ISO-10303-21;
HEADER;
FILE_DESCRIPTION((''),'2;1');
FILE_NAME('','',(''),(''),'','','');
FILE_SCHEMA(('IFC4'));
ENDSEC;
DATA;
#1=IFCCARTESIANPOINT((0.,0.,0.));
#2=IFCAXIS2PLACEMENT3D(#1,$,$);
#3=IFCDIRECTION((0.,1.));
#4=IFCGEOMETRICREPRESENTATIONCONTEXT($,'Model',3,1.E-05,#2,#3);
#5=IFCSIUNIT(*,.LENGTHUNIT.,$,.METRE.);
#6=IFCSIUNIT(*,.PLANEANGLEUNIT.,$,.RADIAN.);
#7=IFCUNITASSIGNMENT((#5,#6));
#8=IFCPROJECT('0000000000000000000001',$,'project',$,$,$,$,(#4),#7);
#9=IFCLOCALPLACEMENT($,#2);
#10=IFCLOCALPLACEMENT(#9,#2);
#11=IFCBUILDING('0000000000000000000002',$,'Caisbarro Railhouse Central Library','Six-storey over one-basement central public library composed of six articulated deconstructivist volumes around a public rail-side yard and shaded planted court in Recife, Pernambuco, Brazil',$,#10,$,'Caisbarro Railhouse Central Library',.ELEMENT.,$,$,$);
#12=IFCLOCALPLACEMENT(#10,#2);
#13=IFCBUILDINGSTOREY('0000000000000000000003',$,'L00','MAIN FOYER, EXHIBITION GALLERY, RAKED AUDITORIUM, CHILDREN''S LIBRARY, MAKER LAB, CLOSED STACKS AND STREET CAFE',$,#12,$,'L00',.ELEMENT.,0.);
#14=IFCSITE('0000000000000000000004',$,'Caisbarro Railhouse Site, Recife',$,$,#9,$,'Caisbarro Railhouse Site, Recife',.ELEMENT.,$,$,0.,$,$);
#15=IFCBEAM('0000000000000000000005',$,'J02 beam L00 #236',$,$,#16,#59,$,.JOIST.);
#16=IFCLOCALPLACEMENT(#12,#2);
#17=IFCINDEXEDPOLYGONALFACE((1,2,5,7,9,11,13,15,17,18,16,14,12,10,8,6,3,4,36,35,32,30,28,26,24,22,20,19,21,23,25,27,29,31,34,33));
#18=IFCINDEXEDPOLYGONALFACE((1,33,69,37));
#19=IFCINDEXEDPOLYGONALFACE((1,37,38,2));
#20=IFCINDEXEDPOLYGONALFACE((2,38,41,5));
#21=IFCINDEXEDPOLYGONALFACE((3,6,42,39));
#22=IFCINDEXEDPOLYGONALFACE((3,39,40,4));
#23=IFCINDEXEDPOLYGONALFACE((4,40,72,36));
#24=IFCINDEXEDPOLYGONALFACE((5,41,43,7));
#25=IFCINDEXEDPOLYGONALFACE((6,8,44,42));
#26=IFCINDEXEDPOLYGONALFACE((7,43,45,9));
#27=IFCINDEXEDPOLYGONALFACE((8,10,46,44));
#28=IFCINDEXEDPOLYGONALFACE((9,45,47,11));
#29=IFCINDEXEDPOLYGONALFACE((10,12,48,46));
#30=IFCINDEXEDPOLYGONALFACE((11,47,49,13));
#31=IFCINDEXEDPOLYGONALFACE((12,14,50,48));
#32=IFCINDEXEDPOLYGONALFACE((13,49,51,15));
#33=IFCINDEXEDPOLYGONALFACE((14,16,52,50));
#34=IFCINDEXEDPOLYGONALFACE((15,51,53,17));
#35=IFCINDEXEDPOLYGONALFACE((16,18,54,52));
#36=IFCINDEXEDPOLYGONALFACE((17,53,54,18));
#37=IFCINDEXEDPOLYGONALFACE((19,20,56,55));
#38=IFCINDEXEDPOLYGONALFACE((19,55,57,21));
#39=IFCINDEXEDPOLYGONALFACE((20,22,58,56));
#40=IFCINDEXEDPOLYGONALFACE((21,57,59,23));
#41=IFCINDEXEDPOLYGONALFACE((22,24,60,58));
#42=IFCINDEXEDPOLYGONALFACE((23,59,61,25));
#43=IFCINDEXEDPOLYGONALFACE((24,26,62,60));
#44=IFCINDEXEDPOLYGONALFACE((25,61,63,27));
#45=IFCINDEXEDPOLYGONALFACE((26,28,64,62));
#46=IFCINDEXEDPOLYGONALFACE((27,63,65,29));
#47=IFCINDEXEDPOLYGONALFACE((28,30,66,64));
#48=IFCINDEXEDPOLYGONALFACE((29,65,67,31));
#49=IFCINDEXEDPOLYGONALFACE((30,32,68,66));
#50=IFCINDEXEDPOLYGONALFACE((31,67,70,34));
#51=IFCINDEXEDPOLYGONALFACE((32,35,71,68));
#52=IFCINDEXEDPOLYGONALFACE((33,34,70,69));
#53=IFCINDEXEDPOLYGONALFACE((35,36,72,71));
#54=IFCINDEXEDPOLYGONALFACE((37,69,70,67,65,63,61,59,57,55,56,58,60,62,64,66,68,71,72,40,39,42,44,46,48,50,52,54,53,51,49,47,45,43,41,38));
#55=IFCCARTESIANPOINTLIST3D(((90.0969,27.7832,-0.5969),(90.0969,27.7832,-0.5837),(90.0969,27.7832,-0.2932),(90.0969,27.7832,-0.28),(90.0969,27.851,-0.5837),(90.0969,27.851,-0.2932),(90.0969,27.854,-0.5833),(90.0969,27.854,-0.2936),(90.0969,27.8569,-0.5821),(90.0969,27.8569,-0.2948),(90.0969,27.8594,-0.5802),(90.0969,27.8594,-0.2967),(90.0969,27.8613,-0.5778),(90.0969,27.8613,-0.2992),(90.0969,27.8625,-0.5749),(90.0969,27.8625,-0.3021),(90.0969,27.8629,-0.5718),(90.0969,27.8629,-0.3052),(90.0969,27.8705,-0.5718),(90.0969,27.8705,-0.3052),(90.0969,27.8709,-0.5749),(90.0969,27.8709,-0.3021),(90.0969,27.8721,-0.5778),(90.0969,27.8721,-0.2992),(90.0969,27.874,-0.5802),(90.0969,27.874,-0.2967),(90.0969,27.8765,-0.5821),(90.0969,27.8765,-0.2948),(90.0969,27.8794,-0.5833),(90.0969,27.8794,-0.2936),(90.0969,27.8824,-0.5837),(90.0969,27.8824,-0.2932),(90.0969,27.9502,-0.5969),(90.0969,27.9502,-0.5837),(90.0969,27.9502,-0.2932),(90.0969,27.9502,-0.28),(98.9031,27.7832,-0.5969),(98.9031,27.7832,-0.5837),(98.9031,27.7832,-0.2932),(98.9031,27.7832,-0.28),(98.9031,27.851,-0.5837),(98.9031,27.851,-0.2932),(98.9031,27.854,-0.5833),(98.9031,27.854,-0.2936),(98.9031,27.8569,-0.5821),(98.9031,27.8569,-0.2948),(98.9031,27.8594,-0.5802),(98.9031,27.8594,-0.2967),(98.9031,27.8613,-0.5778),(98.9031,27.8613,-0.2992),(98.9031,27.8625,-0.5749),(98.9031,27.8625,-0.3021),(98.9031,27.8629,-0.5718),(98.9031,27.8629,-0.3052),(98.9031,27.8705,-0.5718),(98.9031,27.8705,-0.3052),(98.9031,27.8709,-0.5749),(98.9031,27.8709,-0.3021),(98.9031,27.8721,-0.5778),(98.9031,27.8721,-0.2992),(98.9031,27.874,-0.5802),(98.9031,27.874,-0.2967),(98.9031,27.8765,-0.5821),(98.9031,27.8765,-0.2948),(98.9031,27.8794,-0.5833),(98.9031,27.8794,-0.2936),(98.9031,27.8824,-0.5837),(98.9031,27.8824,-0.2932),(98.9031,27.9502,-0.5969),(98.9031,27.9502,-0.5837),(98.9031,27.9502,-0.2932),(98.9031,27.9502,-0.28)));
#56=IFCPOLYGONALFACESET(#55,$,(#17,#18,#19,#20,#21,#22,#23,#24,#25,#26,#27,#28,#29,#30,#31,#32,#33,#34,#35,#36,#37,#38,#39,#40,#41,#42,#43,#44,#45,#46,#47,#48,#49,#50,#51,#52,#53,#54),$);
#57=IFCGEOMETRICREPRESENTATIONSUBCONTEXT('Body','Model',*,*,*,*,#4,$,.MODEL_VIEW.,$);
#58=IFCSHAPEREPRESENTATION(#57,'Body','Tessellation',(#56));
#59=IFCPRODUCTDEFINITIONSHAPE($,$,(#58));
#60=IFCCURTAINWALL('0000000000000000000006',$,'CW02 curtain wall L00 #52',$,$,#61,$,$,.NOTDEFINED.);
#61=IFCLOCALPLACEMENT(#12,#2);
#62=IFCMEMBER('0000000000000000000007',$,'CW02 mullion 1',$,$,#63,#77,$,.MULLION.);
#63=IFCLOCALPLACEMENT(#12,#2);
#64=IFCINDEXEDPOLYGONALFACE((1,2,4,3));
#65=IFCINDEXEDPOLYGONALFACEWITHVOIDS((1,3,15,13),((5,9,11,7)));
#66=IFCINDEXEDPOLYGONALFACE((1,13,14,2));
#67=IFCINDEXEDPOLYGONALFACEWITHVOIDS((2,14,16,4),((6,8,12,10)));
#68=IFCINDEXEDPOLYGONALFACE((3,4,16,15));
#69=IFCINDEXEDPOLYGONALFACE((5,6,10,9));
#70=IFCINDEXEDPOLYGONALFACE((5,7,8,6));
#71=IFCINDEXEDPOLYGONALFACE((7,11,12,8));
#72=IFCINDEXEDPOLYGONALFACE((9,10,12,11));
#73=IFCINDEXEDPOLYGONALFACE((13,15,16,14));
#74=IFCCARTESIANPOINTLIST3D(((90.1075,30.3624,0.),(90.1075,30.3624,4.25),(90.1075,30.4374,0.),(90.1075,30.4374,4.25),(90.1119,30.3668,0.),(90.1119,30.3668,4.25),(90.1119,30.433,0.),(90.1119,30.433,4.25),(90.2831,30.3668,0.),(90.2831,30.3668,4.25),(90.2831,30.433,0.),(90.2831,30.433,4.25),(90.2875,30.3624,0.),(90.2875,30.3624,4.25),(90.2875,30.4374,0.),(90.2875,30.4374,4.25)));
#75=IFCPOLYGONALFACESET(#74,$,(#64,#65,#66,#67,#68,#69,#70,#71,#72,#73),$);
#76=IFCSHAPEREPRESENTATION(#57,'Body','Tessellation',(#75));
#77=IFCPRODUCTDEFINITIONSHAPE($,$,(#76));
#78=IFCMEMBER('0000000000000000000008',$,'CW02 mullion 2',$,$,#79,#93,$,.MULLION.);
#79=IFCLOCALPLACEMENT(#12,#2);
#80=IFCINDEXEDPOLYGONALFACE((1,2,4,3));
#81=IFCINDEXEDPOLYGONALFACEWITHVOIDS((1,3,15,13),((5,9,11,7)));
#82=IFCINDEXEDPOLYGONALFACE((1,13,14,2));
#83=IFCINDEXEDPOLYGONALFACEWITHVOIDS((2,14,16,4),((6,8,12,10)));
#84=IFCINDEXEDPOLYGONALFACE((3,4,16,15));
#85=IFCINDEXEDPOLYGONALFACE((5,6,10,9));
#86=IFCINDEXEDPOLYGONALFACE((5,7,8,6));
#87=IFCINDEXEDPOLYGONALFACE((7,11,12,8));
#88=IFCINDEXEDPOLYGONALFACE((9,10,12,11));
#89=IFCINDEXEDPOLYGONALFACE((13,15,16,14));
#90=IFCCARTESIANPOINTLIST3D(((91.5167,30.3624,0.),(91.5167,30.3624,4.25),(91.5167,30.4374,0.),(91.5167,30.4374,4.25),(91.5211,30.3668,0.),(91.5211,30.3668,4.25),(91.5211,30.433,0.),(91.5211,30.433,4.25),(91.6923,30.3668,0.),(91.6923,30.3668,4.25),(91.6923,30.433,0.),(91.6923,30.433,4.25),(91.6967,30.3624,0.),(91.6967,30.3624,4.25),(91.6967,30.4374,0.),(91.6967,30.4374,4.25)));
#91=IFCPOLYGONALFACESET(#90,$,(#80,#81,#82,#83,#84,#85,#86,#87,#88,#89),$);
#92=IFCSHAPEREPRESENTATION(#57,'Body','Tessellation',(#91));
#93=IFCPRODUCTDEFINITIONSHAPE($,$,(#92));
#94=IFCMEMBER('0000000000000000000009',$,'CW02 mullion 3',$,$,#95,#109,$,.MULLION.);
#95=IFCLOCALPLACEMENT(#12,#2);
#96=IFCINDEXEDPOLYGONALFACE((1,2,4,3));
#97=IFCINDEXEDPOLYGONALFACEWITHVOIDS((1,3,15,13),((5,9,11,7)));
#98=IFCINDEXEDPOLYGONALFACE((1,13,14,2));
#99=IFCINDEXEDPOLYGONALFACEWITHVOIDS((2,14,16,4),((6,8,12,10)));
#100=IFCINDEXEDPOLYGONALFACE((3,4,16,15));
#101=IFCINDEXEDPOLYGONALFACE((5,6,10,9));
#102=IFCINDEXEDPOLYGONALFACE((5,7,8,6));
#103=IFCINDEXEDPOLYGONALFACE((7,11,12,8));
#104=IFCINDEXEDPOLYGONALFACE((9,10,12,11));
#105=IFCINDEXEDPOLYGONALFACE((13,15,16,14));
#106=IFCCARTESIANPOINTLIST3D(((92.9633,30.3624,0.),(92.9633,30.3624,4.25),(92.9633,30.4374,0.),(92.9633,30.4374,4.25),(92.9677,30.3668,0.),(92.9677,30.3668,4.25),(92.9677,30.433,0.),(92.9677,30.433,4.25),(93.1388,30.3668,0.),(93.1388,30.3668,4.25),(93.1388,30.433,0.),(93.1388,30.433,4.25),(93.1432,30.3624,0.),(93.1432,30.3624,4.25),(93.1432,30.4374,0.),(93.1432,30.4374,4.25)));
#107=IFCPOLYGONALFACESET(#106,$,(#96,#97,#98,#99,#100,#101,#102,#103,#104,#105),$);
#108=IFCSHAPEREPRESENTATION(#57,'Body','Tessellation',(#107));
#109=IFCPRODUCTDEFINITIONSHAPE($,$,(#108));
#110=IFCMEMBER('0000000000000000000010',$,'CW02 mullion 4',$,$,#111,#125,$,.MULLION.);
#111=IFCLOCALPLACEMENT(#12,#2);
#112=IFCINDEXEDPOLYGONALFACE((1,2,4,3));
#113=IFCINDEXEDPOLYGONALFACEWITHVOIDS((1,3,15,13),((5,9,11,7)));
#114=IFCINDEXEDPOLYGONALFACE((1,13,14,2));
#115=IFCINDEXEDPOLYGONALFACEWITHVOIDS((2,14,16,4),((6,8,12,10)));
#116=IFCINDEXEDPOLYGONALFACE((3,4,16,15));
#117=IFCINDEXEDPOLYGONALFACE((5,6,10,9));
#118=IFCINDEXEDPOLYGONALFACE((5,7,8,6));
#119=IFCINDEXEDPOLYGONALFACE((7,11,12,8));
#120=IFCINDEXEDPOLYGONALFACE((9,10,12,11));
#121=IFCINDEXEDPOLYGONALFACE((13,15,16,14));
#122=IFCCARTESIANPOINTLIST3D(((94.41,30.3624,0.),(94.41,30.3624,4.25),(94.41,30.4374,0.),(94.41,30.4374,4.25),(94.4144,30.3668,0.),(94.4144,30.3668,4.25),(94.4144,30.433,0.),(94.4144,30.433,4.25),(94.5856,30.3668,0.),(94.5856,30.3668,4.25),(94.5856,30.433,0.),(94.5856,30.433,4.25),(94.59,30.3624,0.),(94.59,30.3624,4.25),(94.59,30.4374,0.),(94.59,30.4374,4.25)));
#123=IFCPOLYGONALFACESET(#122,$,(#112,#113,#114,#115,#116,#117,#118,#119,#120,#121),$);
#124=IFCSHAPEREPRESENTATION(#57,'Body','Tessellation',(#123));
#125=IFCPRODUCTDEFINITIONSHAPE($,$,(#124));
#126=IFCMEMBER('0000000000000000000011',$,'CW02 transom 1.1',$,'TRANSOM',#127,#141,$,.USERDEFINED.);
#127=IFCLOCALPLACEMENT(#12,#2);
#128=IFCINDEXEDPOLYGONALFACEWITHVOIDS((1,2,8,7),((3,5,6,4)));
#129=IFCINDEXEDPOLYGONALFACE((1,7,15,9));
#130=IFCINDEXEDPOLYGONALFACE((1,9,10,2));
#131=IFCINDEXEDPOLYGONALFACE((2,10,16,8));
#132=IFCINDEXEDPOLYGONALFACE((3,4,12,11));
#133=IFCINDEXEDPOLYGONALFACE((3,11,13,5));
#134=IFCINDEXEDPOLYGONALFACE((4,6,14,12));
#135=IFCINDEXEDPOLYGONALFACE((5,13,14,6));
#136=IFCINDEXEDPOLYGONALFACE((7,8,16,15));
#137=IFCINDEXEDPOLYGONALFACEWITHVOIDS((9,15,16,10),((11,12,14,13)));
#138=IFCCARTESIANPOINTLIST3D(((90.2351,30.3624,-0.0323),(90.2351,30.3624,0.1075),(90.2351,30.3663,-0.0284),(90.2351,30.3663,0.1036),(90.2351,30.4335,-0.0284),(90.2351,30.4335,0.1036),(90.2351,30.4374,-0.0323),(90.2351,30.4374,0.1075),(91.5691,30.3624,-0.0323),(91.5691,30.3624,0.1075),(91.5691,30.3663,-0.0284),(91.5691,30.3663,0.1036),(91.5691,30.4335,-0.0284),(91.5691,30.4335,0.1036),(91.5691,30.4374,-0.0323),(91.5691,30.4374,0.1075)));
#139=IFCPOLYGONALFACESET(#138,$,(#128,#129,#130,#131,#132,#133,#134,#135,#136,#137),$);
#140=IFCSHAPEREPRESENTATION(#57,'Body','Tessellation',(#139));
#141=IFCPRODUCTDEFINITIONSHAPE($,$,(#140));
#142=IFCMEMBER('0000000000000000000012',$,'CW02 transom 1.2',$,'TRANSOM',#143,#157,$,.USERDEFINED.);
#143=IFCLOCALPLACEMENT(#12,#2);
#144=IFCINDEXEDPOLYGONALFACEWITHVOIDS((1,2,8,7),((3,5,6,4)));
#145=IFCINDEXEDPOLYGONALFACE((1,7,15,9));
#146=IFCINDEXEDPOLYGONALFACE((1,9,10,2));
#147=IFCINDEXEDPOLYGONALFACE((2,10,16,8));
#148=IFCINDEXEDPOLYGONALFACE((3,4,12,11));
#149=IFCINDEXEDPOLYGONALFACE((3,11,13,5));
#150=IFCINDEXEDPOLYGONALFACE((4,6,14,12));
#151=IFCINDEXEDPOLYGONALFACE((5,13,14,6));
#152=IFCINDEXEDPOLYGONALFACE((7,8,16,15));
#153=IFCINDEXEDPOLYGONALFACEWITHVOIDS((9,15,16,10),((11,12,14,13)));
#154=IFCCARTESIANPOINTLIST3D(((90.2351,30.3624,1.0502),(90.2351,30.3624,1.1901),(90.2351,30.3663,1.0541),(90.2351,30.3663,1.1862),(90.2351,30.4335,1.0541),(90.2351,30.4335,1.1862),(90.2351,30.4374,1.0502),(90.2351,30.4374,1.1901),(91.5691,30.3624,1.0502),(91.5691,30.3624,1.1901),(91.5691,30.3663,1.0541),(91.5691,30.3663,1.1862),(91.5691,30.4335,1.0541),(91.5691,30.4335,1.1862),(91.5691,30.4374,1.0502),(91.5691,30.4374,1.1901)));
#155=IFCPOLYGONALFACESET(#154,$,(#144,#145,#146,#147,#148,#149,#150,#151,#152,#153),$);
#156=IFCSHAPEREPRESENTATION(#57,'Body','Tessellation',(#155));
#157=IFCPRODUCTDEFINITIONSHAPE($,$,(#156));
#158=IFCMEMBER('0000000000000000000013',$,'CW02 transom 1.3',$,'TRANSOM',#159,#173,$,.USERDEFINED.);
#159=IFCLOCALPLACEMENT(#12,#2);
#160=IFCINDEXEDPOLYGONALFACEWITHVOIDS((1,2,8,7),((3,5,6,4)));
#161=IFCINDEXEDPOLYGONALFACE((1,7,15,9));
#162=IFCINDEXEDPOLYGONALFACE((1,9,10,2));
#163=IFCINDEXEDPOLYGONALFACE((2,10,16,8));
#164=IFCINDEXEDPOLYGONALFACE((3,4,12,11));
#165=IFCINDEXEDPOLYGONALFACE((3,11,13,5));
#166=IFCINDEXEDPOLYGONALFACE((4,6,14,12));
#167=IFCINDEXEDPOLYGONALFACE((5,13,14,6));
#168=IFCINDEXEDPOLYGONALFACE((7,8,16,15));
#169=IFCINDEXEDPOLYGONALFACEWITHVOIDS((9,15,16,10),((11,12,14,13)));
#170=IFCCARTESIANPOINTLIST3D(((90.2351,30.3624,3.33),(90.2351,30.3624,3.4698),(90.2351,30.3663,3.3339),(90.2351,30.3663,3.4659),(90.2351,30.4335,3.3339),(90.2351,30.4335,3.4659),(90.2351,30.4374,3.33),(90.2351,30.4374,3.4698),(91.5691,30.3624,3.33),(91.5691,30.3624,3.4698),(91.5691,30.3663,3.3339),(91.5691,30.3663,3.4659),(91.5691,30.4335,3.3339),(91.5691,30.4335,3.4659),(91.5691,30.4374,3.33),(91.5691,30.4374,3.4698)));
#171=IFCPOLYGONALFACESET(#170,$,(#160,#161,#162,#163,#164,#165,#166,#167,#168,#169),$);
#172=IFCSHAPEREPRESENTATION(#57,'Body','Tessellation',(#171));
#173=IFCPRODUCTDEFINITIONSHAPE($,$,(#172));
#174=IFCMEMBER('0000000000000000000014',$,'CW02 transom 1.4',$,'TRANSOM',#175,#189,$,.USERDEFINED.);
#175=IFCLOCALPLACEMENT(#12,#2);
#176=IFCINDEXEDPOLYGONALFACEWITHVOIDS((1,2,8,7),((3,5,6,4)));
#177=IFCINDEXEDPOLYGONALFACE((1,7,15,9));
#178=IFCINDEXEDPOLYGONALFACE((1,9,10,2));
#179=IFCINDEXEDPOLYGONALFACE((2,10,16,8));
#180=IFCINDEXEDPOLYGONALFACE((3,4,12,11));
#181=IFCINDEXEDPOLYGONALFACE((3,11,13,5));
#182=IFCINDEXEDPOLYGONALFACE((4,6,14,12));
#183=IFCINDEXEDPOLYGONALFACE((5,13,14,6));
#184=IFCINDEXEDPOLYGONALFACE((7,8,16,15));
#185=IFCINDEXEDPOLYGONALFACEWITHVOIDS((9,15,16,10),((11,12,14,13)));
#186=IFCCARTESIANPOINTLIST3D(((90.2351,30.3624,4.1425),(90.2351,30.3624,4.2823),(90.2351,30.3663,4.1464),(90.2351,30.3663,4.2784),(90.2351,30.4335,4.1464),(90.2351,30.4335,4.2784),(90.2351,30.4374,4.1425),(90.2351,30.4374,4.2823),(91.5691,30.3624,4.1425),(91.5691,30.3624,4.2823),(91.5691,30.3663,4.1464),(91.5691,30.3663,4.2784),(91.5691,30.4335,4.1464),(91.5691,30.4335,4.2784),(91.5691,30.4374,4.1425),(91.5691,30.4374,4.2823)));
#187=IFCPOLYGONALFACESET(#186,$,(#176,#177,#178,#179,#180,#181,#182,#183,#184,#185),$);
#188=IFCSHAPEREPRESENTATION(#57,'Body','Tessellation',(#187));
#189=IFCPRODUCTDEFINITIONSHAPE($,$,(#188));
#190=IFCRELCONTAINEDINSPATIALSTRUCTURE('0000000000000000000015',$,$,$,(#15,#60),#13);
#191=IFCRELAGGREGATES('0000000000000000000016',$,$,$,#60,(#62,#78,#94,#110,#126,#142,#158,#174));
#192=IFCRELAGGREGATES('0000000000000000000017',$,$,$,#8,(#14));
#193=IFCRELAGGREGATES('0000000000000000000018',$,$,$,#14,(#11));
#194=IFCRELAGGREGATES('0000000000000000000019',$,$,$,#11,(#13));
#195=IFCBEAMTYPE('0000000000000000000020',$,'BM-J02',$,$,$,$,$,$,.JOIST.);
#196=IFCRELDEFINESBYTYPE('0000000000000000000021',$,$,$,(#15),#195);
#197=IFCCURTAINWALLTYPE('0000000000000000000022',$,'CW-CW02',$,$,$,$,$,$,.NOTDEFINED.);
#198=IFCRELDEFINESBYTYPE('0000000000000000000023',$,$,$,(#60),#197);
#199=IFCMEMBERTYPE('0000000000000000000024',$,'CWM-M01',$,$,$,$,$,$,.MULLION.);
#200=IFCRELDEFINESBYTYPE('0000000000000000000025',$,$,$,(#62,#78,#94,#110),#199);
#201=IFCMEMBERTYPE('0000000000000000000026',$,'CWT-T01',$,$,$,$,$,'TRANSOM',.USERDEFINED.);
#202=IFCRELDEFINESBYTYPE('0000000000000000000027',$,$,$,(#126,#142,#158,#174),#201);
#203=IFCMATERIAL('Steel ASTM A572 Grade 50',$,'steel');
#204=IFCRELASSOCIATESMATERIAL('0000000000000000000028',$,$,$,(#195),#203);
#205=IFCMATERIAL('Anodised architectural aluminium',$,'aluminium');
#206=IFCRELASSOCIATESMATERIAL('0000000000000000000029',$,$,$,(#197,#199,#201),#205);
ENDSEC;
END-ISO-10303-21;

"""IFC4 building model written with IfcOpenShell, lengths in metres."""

from ifc_helpers import new_model, si_unit, direction, frame, origin, origin_2d, place, context, subcontext, project, spatial, hollow_rectangle, i_section, extrude, material, material_profile, profile_set, type_object, element, aggregate, save


model = new_model("IFC4")

# Units and contexts
model_context = context("Model", 3, precision=1e-05, world=origin(), true_north=direction((0.0, 1.0)))
body_context = subcontext(model_context, "Body", "Model", "MODEL_VIEW")
ifc_project = project(units=[si_unit("LENGTHUNIT", "METRE"), si_unit("PLANEANGLEUNIT", "RADIAN")], contexts=[model_context])

# Site, building, storey
site_placement = place(None, origin())
site = spatial("IfcSite", under=ifc_project, at=site_placement, Name="Caisbarro Railhouse Site, Recife", LongName="Caisbarro Railhouse Site, Recife", CompositionType="ELEMENT", RefElevation=0.0)
building_placement = place(site_placement, origin())
building = spatial("IfcBuilding", under=site, at=building_placement, Name="Caisbarro Railhouse Central Library", Description="Six-storey over one-basement central public library composed of six articulated deconstructivist volumes around a public rail-side yard and shaded planted court in Recife, Pernambuco, Brazil", LongName="Caisbarro Railhouse Central Library", CompositionType="ELEMENT")
storey_placement = place(building_placement, origin())
storey = spatial("IfcBuildingStorey", under=building, at=storey_placement, Name="L00", Description="MAIN FOYER, EXHIBITION GALLERY, RAKED AUDITORIUM, CHILDREN'S LIBRARY, MAKER LAB, CLOSED STACKS AND STREET CAFE", LongName="L00", CompositionType="ELEMENT", Elevation=0.0)

# Beam
ifc_material_1 = material(Name="Steel ASTM A572 Grade 50", Category="steel")
ifc_material_profile_1 = material_profile(ifc_material_1, i_section(OverallWidth=0.167, OverallDepth=0.3169, WebThickness=0.0076, FlangeThickness=0.0132, FilletRadius=0.012, at=origin_2d()), Name="W310X52.0")
ifc_profile_set_1 = profile_set([ifc_material_profile_1], Name="Steel ASTM A572 Grade 50")
beam_type = type_object("IfcBeamType", Name="BM-J02", PredefinedType="JOIST", material=ifc_profile_set_1)
beam_placement = place(storey_placement, frame((90.0969, 27.8667, -0.4385), z_axis=(1.0, 0.0, 0.0), x_axis=(0.0, 1.0, 0.0)))
element("IfcBeam", 1, at=beam_placement, inside=storey, type_object=beam_type, Name="J02 beam L00 #236", PredefinedType="JOIST", context=body_context, shape_type="SweptSolid", body=[
    extrude(i_section(OverallWidth=0.167, OverallDepth=0.3169, WebThickness=0.0076, FlangeThickness=0.0132, FilletRadius=0.012, at=origin_2d()), origin(), (0.0, 0.0, 1.0), 8.8062),
])

# Curtain wall, members
ifc_material_2 = material(Name="Anodised architectural aluminium", Category="aluminium")
curtain_wall_type = type_object("IfcCurtainWallType", Name="CW-CW02", PredefinedType="NOTDEFINED", material=ifc_material_2)
curtain_wall_placement = place(storey_placement, origin())
curtain_wall = element("IfcCurtainWall", 2, at=curtain_wall_placement, inside=storey, type_object=curtain_wall_type, Name="CW02 curtain wall L00 #52", PredefinedType="NOTDEFINED")
ifc_material_profile_2 = material_profile(ifc_material_2, hollow_rectangle(XDim=0.075, YDim=0.1799, WallThickness=0.0044, at=origin_2d()), Name="ALU-MUL-75X180")
ifc_profile_set_2 = profile_set([ifc_material_profile_2], Name="Anodised architectural aluminium")
member_type_1 = type_object("IfcMemberType", Name="CWM-M01", PredefinedType="MULLION", material=ifc_profile_set_2)
member_1_placement = place(storey_placement, frame((90.1975, 30.3999, 0.0), z_axis=(0.0, 0.0, 1.0), x_axis=(0.0, 1.0, 0.0)))
member_1 = element("IfcMember", 3, at=member_1_placement, type_object=member_type_1, Name="CW02 mullion 1", PredefinedType="MULLION", context=body_context, shape_type="SweptSolid", body=[
    extrude(hollow_rectangle(XDim=0.075, YDim=0.1799, WallThickness=0.0044, at=origin_2d()), origin(), (0.0, 0.0, 1.0), 4.25),
])
member_2_placement = place(storey_placement, frame((91.6067, 30.3999, 0.0), z_axis=(0.0, 0.0, 1.0), x_axis=(0.0, 1.0, 0.0)))
member_2 = element("IfcMember", 4, at=member_2_placement, type_object=member_type_1, Name="CW02 mullion 2", PredefinedType="MULLION", context=body_context, shape_type="SweptSolid", body=[
    extrude(hollow_rectangle(XDim=0.075, YDim=0.1799, WallThickness=0.0044, at=origin_2d()), origin(), (0.0, 0.0, 1.0), 4.25),
])
member_3_placement = place(storey_placement, frame((93.0532, 30.3999, 0.0), z_axis=(0.0, 0.0, 1.0), x_axis=(0.0, 1.0, 0.0)))
member_3 = element("IfcMember", 5, at=member_3_placement, type_object=member_type_1, Name="CW02 mullion 3", PredefinedType="MULLION", context=body_context, shape_type="SweptSolid", body=[
    extrude(hollow_rectangle(XDim=0.075, YDim=0.1799, WallThickness=0.0044, at=origin_2d()), origin(), (0.0, 0.0, 1.0), 4.25),
])
member_4_placement = place(storey_placement, frame((94.5, 30.3999, 0.0), z_axis=(0.0, 0.0, 1.0), x_axis=(0.0, 1.0, 0.0)))
member_4 = element("IfcMember", 6, at=member_4_placement, type_object=member_type_1, Name="CW02 mullion 4", PredefinedType="MULLION", context=body_context, shape_type="SweptSolid", body=[
    extrude(hollow_rectangle(XDim=0.075, YDim=0.1799, WallThickness=0.0044, at=origin_2d()), origin(), (0.0, 0.0, 1.0), 4.25),
])
ifc_material_profile_3 = material_profile(ifc_material_2, hollow_rectangle(XDim=0.075, YDim=0.1399, WallThickness=0.0039, at=origin_2d()), Name="ALU-TRN-75X140")
ifc_profile_set_3 = profile_set([ifc_material_profile_3], Name="Anodised architectural aluminium")
member_type_2 = type_object("IfcMemberType", Name="CWT-T01", ElementType="TRANSOM", PredefinedType="USERDEFINED", material=ifc_profile_set_3)
member_5_placement = place(storey_placement, frame((90.2351, 30.3999, 0.0376), z_axis=(1.0, 0.0, 0.0), x_axis=(0.0, 1.0, 0.0)))
member_5 = element("IfcMember", 7, at=member_5_placement, type_object=member_type_2, Name="CW02 transom 1.1", ObjectType="TRANSOM", PredefinedType="USERDEFINED", context=body_context, shape_type="SweptSolid", body=[
    extrude(hollow_rectangle(XDim=0.075, YDim=0.1399, WallThickness=0.0039, at=origin_2d()), origin(), (0.0, 0.0, 1.0), 1.334),
])
member_6_placement = place(storey_placement, frame((90.2351, 30.3999, 1.1201), z_axis=(1.0, 0.0, 0.0), x_axis=(0.0, 1.0, 0.0)))
member_6 = element("IfcMember", 8, at=member_6_placement, type_object=member_type_2, Name="CW02 transom 1.2", ObjectType="TRANSOM", PredefinedType="USERDEFINED", context=body_context, shape_type="SweptSolid", body=[
    extrude(hollow_rectangle(XDim=0.075, YDim=0.1399, WallThickness=0.0039, at=origin_2d()), origin(), (0.0, 0.0, 1.0), 1.334),
])
member_7_placement = place(storey_placement, frame((90.2351, 30.3999, 3.3999), z_axis=(1.0, 0.0, 0.0), x_axis=(0.0, 1.0, 0.0)))
member_7 = element("IfcMember", 9, at=member_7_placement, type_object=member_type_2, Name="CW02 transom 1.3", ObjectType="TRANSOM", PredefinedType="USERDEFINED", context=body_context, shape_type="SweptSolid", body=[
    extrude(hollow_rectangle(XDim=0.075, YDim=0.1399, WallThickness=0.0039, at=origin_2d()), origin(), (0.0, 0.0, 1.0), 1.334),
])
member_8_placement = place(storey_placement, frame((90.2351, 30.3999, 4.2124), z_axis=(1.0, 0.0, 0.0), x_axis=(0.0, 1.0, 0.0)))
member_8 = element("IfcMember", 10, at=member_8_placement, type_object=member_type_2, Name="CW02 transom 1.4", ObjectType="TRANSOM", PredefinedType="USERDEFINED", context=body_context, shape_type="SweptSolid", body=[
    extrude(hollow_rectangle(XDim=0.075, YDim=0.1399, WallThickness=0.0039, at=origin_2d()), origin(), (0.0, 0.0, 1.0), 1.334),
])
aggregate(curtain_wall, [member_1, member_2, member_3, member_4, member_5, member_6, member_7, member_8])

save(model, "model.ifc")
